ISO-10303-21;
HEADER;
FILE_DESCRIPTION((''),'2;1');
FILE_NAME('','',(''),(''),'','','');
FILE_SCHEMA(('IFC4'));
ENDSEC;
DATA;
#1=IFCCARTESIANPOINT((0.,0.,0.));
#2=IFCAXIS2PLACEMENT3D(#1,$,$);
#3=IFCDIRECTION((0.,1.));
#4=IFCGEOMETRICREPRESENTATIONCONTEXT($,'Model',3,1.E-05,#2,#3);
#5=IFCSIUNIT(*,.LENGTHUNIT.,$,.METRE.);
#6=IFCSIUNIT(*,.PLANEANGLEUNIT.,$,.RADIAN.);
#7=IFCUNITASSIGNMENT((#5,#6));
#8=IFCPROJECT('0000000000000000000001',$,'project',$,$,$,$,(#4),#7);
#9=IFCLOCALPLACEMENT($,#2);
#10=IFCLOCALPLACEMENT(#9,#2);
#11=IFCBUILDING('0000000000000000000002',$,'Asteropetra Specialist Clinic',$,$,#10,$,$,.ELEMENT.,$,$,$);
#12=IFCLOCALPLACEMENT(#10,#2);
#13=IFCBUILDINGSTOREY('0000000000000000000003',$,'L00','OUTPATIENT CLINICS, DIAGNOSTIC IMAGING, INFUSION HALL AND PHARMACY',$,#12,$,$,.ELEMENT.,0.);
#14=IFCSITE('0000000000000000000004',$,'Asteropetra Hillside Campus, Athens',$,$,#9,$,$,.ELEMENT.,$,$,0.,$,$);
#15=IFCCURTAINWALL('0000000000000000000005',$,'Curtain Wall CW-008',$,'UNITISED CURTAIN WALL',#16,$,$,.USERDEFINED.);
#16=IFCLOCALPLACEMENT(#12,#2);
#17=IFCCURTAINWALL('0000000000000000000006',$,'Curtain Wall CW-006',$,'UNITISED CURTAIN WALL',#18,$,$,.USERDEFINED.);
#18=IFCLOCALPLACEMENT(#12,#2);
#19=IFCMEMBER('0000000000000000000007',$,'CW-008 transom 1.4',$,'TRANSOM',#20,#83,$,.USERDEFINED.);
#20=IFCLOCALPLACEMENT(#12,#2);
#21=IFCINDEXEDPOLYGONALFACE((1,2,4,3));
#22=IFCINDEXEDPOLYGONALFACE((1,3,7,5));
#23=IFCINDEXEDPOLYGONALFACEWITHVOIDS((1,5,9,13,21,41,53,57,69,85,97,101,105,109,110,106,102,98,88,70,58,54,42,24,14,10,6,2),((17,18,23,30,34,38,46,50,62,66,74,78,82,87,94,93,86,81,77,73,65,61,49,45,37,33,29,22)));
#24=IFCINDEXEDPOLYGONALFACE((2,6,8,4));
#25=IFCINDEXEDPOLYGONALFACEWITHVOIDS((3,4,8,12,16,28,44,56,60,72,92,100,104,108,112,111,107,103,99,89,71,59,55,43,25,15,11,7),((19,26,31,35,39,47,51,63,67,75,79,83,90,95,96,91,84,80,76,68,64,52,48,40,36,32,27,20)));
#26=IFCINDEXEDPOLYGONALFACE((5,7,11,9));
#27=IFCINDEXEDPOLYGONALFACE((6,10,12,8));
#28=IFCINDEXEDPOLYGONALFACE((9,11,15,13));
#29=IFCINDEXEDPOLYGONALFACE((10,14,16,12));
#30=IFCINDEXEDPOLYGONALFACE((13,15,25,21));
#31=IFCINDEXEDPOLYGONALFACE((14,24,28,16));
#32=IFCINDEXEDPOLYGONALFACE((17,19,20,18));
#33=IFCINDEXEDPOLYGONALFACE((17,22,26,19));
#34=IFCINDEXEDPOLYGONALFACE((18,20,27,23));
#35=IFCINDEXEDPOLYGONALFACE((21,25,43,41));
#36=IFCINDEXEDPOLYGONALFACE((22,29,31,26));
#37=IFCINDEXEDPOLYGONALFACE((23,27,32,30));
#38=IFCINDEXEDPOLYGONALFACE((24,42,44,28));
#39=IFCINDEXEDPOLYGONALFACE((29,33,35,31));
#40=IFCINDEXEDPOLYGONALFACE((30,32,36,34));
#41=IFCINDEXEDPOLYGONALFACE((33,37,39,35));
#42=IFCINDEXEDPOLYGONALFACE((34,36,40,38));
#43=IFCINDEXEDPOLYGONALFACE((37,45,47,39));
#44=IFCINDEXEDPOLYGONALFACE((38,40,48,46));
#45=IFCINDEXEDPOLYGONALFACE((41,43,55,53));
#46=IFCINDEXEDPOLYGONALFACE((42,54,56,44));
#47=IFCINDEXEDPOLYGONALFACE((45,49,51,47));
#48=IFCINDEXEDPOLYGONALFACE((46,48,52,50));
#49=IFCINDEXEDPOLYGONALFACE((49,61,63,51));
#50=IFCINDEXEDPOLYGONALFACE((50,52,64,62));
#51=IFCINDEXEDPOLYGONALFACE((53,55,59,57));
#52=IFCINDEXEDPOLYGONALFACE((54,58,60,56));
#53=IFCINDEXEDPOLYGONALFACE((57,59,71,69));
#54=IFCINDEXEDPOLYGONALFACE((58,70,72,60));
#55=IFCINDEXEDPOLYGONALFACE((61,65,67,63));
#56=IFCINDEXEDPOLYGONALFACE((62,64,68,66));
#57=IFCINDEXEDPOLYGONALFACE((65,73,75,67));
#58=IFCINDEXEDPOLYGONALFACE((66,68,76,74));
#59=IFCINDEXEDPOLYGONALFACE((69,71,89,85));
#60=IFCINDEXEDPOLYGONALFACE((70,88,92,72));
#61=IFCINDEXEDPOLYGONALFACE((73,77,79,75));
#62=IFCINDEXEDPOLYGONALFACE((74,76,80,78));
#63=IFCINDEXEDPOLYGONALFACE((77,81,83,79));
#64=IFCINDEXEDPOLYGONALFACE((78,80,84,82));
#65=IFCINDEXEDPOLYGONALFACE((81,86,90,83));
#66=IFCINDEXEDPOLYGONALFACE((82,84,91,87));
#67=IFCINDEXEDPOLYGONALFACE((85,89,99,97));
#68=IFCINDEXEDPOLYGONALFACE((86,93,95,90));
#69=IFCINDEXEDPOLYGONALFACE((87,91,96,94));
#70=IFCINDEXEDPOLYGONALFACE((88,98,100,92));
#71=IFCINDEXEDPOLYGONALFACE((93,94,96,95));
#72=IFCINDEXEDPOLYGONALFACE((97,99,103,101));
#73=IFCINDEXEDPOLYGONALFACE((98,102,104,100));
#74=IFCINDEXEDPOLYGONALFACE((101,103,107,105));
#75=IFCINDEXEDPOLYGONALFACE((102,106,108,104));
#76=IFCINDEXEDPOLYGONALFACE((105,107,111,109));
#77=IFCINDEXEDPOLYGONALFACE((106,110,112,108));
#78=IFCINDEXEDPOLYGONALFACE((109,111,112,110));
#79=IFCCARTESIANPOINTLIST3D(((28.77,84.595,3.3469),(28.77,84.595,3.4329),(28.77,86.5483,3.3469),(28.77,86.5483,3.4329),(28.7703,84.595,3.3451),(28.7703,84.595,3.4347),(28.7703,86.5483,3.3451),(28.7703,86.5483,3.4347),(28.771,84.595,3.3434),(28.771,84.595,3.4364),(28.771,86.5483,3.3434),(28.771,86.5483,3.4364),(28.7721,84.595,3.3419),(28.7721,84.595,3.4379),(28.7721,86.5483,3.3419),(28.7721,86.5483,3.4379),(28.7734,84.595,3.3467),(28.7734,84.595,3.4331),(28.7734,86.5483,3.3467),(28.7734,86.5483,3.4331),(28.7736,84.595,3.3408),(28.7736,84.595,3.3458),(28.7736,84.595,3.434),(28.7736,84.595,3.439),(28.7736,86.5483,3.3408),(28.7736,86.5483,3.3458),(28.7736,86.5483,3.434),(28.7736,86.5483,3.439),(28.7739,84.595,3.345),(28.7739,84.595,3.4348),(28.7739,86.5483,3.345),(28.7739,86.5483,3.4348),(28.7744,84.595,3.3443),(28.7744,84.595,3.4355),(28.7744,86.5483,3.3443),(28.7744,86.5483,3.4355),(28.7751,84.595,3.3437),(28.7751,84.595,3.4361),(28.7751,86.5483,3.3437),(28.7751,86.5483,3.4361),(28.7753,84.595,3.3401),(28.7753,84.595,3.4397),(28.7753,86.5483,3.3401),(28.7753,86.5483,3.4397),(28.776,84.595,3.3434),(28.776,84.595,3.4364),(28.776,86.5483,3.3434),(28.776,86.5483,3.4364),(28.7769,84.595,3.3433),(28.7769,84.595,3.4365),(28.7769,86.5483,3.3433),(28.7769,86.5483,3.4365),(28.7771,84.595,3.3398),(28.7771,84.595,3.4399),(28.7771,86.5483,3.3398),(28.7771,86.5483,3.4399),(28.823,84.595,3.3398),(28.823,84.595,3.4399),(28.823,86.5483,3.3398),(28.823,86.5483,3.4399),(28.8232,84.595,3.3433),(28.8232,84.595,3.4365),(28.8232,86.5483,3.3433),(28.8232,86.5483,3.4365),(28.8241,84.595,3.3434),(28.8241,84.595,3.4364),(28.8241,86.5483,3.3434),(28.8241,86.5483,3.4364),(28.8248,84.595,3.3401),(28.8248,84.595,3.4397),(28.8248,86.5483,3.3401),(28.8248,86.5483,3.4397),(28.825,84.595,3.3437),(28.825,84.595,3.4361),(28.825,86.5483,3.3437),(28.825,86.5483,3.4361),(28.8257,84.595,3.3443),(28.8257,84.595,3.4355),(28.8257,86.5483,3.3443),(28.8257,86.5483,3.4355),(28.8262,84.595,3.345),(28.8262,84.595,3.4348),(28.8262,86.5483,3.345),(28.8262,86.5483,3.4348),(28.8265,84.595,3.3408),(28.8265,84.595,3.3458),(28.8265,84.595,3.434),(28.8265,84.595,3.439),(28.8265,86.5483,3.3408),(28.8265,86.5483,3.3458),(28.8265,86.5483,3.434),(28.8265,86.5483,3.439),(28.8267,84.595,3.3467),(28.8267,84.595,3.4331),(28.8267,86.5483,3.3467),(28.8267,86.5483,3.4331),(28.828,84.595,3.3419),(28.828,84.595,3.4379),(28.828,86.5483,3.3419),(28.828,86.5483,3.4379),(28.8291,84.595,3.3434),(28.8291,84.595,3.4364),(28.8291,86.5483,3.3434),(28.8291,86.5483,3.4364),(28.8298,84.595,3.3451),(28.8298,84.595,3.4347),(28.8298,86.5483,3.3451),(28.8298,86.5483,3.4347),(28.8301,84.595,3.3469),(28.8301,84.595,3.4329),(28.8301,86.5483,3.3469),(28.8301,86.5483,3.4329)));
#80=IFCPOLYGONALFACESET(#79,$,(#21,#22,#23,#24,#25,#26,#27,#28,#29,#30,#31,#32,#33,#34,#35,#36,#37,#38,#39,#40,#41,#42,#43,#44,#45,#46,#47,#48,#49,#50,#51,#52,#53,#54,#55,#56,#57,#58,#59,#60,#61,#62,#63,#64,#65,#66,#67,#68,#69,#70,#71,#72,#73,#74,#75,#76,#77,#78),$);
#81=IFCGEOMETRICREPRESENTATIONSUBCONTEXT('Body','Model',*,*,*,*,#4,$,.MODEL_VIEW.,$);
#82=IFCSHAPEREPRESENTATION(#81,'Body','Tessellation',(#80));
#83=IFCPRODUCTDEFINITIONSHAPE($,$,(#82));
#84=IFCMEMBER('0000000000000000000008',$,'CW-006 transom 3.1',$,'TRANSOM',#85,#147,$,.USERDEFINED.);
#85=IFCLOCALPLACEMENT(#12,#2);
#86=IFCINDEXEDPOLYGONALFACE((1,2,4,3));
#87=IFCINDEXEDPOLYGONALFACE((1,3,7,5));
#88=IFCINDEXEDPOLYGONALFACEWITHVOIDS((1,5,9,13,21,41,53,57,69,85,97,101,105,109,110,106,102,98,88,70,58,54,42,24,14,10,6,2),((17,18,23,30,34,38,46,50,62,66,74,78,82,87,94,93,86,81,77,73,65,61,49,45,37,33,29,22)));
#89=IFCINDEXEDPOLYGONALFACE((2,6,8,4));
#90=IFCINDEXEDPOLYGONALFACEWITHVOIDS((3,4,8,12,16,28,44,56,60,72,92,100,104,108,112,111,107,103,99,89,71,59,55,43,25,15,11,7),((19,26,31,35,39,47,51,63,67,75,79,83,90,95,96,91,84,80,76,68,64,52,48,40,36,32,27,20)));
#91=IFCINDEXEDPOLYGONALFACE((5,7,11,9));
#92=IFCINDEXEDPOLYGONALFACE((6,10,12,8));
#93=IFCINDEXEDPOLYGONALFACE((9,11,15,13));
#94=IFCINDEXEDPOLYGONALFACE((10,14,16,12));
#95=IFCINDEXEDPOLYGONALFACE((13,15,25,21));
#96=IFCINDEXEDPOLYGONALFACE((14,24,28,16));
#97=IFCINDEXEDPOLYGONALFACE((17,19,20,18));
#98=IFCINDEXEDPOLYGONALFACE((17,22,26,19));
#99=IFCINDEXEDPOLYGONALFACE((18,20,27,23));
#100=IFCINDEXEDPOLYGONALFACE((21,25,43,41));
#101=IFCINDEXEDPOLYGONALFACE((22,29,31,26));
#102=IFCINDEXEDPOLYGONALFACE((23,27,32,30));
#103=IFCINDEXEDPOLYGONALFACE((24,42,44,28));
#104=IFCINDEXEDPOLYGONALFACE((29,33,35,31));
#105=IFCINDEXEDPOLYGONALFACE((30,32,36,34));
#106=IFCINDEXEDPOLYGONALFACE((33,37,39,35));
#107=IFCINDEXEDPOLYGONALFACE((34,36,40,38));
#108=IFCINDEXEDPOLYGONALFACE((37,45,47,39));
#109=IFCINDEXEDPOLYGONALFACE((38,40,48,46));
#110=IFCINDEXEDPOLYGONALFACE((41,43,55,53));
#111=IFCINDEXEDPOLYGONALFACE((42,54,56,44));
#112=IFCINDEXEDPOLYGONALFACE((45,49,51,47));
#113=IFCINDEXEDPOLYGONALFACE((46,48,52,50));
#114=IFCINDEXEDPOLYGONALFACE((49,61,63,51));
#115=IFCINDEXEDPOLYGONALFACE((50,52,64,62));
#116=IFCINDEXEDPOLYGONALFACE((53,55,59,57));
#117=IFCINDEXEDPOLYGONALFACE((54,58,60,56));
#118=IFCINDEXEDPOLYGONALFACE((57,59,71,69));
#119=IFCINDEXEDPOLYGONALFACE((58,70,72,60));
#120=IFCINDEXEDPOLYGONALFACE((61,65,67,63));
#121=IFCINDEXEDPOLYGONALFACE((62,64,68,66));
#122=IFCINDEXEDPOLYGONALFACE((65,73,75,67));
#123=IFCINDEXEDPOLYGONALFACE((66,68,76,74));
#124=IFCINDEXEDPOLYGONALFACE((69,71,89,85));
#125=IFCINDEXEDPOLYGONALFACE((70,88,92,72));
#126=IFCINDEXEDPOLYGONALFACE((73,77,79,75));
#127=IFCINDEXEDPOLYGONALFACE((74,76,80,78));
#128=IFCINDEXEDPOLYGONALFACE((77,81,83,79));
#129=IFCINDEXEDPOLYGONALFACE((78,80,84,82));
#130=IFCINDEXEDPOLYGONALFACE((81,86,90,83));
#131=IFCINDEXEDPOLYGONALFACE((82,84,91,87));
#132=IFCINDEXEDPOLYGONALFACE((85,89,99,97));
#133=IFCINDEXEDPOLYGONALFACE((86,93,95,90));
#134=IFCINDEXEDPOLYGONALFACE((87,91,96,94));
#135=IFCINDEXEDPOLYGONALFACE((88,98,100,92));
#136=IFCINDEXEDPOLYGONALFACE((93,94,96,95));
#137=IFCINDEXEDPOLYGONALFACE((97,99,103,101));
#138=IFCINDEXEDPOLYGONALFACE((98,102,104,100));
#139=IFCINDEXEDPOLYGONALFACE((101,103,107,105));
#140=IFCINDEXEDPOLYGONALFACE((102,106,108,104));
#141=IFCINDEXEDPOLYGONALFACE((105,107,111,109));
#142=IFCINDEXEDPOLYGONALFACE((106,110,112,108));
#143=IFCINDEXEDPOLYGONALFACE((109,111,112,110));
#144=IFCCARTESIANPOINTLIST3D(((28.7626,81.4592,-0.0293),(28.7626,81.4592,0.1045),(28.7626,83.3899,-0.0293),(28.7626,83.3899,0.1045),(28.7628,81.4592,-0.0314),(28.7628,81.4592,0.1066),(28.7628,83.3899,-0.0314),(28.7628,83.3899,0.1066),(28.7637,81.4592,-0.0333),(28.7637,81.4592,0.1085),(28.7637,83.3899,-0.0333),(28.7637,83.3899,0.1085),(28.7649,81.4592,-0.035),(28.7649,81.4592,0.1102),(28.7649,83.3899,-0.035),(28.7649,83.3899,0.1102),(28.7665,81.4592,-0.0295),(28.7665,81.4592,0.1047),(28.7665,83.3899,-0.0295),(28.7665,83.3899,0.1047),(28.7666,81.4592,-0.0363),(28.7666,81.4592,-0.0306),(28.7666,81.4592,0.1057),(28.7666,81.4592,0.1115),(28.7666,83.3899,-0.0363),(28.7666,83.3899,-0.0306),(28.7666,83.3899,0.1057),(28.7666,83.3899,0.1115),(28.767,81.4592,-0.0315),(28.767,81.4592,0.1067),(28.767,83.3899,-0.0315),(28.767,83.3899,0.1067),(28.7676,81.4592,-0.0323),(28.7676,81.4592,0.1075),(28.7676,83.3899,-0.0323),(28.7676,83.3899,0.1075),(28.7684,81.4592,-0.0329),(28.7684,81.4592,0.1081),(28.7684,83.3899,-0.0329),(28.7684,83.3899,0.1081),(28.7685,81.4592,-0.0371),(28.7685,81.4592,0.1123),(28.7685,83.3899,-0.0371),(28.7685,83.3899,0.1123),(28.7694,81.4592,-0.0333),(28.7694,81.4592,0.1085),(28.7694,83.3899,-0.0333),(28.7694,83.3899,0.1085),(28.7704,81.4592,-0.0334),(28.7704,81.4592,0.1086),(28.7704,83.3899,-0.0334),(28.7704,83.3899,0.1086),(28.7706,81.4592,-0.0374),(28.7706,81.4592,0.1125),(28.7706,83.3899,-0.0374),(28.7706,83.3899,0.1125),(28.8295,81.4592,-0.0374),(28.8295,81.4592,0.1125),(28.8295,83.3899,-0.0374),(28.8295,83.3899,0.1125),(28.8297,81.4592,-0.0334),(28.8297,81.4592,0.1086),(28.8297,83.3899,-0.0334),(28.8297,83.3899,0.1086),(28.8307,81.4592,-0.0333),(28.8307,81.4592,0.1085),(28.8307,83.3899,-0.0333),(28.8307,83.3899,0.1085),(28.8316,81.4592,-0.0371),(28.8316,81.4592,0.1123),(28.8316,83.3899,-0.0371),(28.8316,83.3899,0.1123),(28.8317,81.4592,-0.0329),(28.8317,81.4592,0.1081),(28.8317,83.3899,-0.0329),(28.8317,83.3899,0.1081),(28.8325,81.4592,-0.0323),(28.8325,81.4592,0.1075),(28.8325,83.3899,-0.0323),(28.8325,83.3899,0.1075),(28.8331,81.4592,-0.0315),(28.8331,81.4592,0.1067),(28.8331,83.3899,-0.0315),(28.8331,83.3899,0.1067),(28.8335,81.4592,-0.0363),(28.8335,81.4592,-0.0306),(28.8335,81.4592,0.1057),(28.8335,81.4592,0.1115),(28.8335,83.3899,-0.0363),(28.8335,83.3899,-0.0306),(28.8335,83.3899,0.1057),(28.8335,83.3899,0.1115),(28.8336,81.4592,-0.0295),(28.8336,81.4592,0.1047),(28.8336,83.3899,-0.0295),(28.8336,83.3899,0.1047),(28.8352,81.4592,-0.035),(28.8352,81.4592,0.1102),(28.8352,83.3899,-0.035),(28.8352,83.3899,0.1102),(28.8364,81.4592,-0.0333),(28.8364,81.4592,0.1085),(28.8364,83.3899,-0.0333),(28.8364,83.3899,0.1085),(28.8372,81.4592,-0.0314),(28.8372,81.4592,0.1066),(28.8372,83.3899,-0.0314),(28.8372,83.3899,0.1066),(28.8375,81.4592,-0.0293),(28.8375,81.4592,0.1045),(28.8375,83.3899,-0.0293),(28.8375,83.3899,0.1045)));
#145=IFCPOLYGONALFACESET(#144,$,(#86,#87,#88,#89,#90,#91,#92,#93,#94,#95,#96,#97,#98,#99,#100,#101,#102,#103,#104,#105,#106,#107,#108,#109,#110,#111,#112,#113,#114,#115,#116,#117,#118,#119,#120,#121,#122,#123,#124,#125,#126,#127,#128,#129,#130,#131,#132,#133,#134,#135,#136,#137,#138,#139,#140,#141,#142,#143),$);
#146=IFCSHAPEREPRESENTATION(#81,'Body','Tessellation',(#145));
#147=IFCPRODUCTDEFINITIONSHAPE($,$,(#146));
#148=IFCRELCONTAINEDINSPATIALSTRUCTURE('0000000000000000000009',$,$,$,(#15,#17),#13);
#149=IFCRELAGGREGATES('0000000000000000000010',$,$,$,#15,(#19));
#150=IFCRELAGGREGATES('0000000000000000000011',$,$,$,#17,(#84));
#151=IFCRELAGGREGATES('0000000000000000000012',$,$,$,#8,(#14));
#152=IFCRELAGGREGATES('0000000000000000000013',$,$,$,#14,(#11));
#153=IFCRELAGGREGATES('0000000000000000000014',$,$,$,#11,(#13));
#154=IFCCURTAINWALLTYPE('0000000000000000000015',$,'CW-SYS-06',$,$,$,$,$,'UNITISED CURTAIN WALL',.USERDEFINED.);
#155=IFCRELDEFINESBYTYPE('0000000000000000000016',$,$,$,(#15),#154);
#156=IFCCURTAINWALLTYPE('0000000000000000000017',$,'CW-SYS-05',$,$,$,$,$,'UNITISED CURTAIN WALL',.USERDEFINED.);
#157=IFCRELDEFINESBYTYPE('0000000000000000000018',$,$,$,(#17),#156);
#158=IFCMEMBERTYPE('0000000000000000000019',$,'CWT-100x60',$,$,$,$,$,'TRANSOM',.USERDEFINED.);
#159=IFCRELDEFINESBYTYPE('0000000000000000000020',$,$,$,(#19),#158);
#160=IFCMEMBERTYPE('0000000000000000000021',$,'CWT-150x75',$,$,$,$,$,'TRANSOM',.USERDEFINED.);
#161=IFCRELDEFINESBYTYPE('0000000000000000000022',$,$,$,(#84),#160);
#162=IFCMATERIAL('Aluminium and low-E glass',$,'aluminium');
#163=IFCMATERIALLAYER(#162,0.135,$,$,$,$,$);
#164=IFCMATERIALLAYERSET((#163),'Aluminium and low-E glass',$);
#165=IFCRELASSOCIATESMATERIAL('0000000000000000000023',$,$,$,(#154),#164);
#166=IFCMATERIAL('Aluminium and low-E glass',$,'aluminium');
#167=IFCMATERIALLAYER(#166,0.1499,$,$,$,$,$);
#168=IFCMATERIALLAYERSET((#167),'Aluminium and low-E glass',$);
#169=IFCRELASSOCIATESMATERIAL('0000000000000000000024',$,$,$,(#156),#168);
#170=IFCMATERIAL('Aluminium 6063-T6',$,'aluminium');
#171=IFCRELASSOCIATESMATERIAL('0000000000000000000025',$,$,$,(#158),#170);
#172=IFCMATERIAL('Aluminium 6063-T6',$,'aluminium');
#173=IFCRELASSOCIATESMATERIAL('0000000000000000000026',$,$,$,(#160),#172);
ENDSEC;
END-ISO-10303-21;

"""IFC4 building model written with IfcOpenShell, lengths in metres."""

from ifc_helpers import new_model, si_unit, direction, frame, origin, origin_2d, place, context, subcontext, project, spatial, hollow_rectangle, extrude, material, layer, layer_set, material_profile, profile_set, type_object, element, aggregate, save


model = new_model("IFC4")

# Units and contexts
model_context = context("Model", 3, precision=1e-05, world=origin(), true_north=direction((0.0, 1.0)))
body_context = subcontext(model_context, "Body", "Model", "MODEL_VIEW")
ifc_project = project(units=[si_unit("LENGTHUNIT", "METRE"), si_unit("PLANEANGLEUNIT", "RADIAN")], contexts=[model_context])

# Site, building, storey
site_placement = place(None, origin())
site = spatial("IfcSite", under=ifc_project, at=site_placement, Name="Asteropetra Hillside Campus, Athens", CompositionType="ELEMENT", RefElevation=0.0)
building_placement = place(site_placement, origin())
building = spatial("IfcBuilding", under=site, at=building_placement, Name="Asteropetra Specialist Clinic", CompositionType="ELEMENT")
storey_placement = place(building_placement, origin())
storey = spatial("IfcBuildingStorey", under=building, at=storey_placement, Name="L00", Description="OUTPATIENT CLINICS, DIAGNOSTIC IMAGING, INFUSION HALL AND PHARMACY", CompositionType="ELEMENT", Elevation=0.0)

# Curtain wall
ifc_material_1 = material(Name="Aluminium and low-E glass", Category="aluminium")
ifc_layer_1 = layer(ifc_material_1, 0.135)
ifc_layer_set_1 = layer_set([ifc_layer_1], Name="Aluminium and low-E glass")
curtain_wall_type_1 = type_object("IfcCurtainWallType", Name="CW-SYS-06", ElementType="UNITISED CURTAIN WALL", PredefinedType="USERDEFINED", material=ifc_layer_set_1)
curtain_wall_1_placement = place(storey_placement, origin())
curtain_wall_1 = element("IfcCurtainWall", 1, at=curtain_wall_1_placement, inside=storey, type_object=curtain_wall_type_1, Name="Curtain Wall CW-008", ObjectType="UNITISED CURTAIN WALL", PredefinedType="USERDEFINED")

# Curtain wall
ifc_material_2 = material(Name="Aluminium and low-E glass", Category="aluminium")
ifc_layer_2 = layer(ifc_material_2, 0.1499)
ifc_layer_set_2 = layer_set([ifc_layer_2], Name="Aluminium and low-E glass")
curtain_wall_type_2 = type_object("IfcCurtainWallType", Name="CW-SYS-05", ElementType="UNITISED CURTAIN WALL", PredefinedType="USERDEFINED", material=ifc_layer_set_2)
curtain_wall_2_placement = place(storey_placement, origin())
curtain_wall_2 = element("IfcCurtainWall", 2, at=curtain_wall_2_placement, inside=storey, type_object=curtain_wall_type_2, Name="Curtain Wall CW-006", ObjectType="UNITISED CURTAIN WALL", PredefinedType="USERDEFINED")

# Members
ifc_material_3 = material(Name="Aluminium 6063-T6", Category="aluminium")
ifc_material_profile_1 = material_profile(ifc_material_3, hollow_rectangle(XDim=0.0601, YDim=0.1001, WallThickness=0.0034, InnerFilletRadius=0.0034, OuterFilletRadius=0.0071, at=origin_2d()), Name="TRN 100x60x3.5")
ifc_profile_set_1 = profile_set([ifc_material_profile_1], Name="Aluminium 6063-T6")
member_type_1 = type_object("IfcMemberType", Name="CWT-100x60", ElementType="TRANSOM", PredefinedType="USERDEFINED", material=ifc_profile_set_1)
member_1_placement = place(storey_placement, frame((28.8, 84.595, 3.3899), z_axis=(0.0, 1.0, 0.0), x_axis=(-1.0, 0.0, 0.0)))
member_1 = element("IfcMember", 3, at=member_1_placement, type_object=member_type_1, Name="CW-008 transom 1.4", ObjectType="TRANSOM", PredefinedType="USERDEFINED", context=body_context, shape_type="SweptSolid", body=[
    extrude(hollow_rectangle(XDim=0.0601, YDim=0.1001, WallThickness=0.0034, InnerFilletRadius=0.0034, OuterFilletRadius=0.0071, at=origin_2d()), origin(), (0.0, 0.0, 1.0), 1.9534),
])
aggregate(curtain_wall_1, [member_1])
ifc_material_4 = material(Name="Aluminium 6063-T6", Category="aluminium")
ifc_material_profile_2 = material_profile(ifc_material_4, hollow_rectangle(XDim=0.075, YDim=0.1499, WallThickness=0.0039, InnerFilletRadius=0.0039, OuterFilletRadius=0.0081, at=origin_2d()), Name="TRN 150x75x4.0")
ifc_profile_set_2 = profile_set([ifc_material_profile_2], Name="Aluminium 6063-T6")
member_type_2 = type_object("IfcMemberType", Name="CWT-150x75", ElementType="TRANSOM", PredefinedType="USERDEFINED", material=ifc_profile_set_2)
member_2_placement = place(storey_placement, frame((28.8, 81.4592, 0.0376), z_axis=(0.0, 1.0, 0.0), x_axis=(-1.0, 0.0, 0.0)))
member_2 = element("IfcMember", 4, at=member_2_placement, type_object=member_type_2, Name="CW-006 transom 3.1", ObjectType="TRANSOM", PredefinedType="USERDEFINED", context=body_context, shape_type="SweptSolid", body=[
    extrude(hollow_rectangle(XDim=0.075, YDim=0.1499, WallThickness=0.0039, InnerFilletRadius=0.0039, OuterFilletRadius=0.0081, at=origin_2d()), origin(), (0.0, 0.0, 1.0), 1.9307),
])

aggregate(curtain_wall_2, [member_2])

save(model, "model.ifc")
